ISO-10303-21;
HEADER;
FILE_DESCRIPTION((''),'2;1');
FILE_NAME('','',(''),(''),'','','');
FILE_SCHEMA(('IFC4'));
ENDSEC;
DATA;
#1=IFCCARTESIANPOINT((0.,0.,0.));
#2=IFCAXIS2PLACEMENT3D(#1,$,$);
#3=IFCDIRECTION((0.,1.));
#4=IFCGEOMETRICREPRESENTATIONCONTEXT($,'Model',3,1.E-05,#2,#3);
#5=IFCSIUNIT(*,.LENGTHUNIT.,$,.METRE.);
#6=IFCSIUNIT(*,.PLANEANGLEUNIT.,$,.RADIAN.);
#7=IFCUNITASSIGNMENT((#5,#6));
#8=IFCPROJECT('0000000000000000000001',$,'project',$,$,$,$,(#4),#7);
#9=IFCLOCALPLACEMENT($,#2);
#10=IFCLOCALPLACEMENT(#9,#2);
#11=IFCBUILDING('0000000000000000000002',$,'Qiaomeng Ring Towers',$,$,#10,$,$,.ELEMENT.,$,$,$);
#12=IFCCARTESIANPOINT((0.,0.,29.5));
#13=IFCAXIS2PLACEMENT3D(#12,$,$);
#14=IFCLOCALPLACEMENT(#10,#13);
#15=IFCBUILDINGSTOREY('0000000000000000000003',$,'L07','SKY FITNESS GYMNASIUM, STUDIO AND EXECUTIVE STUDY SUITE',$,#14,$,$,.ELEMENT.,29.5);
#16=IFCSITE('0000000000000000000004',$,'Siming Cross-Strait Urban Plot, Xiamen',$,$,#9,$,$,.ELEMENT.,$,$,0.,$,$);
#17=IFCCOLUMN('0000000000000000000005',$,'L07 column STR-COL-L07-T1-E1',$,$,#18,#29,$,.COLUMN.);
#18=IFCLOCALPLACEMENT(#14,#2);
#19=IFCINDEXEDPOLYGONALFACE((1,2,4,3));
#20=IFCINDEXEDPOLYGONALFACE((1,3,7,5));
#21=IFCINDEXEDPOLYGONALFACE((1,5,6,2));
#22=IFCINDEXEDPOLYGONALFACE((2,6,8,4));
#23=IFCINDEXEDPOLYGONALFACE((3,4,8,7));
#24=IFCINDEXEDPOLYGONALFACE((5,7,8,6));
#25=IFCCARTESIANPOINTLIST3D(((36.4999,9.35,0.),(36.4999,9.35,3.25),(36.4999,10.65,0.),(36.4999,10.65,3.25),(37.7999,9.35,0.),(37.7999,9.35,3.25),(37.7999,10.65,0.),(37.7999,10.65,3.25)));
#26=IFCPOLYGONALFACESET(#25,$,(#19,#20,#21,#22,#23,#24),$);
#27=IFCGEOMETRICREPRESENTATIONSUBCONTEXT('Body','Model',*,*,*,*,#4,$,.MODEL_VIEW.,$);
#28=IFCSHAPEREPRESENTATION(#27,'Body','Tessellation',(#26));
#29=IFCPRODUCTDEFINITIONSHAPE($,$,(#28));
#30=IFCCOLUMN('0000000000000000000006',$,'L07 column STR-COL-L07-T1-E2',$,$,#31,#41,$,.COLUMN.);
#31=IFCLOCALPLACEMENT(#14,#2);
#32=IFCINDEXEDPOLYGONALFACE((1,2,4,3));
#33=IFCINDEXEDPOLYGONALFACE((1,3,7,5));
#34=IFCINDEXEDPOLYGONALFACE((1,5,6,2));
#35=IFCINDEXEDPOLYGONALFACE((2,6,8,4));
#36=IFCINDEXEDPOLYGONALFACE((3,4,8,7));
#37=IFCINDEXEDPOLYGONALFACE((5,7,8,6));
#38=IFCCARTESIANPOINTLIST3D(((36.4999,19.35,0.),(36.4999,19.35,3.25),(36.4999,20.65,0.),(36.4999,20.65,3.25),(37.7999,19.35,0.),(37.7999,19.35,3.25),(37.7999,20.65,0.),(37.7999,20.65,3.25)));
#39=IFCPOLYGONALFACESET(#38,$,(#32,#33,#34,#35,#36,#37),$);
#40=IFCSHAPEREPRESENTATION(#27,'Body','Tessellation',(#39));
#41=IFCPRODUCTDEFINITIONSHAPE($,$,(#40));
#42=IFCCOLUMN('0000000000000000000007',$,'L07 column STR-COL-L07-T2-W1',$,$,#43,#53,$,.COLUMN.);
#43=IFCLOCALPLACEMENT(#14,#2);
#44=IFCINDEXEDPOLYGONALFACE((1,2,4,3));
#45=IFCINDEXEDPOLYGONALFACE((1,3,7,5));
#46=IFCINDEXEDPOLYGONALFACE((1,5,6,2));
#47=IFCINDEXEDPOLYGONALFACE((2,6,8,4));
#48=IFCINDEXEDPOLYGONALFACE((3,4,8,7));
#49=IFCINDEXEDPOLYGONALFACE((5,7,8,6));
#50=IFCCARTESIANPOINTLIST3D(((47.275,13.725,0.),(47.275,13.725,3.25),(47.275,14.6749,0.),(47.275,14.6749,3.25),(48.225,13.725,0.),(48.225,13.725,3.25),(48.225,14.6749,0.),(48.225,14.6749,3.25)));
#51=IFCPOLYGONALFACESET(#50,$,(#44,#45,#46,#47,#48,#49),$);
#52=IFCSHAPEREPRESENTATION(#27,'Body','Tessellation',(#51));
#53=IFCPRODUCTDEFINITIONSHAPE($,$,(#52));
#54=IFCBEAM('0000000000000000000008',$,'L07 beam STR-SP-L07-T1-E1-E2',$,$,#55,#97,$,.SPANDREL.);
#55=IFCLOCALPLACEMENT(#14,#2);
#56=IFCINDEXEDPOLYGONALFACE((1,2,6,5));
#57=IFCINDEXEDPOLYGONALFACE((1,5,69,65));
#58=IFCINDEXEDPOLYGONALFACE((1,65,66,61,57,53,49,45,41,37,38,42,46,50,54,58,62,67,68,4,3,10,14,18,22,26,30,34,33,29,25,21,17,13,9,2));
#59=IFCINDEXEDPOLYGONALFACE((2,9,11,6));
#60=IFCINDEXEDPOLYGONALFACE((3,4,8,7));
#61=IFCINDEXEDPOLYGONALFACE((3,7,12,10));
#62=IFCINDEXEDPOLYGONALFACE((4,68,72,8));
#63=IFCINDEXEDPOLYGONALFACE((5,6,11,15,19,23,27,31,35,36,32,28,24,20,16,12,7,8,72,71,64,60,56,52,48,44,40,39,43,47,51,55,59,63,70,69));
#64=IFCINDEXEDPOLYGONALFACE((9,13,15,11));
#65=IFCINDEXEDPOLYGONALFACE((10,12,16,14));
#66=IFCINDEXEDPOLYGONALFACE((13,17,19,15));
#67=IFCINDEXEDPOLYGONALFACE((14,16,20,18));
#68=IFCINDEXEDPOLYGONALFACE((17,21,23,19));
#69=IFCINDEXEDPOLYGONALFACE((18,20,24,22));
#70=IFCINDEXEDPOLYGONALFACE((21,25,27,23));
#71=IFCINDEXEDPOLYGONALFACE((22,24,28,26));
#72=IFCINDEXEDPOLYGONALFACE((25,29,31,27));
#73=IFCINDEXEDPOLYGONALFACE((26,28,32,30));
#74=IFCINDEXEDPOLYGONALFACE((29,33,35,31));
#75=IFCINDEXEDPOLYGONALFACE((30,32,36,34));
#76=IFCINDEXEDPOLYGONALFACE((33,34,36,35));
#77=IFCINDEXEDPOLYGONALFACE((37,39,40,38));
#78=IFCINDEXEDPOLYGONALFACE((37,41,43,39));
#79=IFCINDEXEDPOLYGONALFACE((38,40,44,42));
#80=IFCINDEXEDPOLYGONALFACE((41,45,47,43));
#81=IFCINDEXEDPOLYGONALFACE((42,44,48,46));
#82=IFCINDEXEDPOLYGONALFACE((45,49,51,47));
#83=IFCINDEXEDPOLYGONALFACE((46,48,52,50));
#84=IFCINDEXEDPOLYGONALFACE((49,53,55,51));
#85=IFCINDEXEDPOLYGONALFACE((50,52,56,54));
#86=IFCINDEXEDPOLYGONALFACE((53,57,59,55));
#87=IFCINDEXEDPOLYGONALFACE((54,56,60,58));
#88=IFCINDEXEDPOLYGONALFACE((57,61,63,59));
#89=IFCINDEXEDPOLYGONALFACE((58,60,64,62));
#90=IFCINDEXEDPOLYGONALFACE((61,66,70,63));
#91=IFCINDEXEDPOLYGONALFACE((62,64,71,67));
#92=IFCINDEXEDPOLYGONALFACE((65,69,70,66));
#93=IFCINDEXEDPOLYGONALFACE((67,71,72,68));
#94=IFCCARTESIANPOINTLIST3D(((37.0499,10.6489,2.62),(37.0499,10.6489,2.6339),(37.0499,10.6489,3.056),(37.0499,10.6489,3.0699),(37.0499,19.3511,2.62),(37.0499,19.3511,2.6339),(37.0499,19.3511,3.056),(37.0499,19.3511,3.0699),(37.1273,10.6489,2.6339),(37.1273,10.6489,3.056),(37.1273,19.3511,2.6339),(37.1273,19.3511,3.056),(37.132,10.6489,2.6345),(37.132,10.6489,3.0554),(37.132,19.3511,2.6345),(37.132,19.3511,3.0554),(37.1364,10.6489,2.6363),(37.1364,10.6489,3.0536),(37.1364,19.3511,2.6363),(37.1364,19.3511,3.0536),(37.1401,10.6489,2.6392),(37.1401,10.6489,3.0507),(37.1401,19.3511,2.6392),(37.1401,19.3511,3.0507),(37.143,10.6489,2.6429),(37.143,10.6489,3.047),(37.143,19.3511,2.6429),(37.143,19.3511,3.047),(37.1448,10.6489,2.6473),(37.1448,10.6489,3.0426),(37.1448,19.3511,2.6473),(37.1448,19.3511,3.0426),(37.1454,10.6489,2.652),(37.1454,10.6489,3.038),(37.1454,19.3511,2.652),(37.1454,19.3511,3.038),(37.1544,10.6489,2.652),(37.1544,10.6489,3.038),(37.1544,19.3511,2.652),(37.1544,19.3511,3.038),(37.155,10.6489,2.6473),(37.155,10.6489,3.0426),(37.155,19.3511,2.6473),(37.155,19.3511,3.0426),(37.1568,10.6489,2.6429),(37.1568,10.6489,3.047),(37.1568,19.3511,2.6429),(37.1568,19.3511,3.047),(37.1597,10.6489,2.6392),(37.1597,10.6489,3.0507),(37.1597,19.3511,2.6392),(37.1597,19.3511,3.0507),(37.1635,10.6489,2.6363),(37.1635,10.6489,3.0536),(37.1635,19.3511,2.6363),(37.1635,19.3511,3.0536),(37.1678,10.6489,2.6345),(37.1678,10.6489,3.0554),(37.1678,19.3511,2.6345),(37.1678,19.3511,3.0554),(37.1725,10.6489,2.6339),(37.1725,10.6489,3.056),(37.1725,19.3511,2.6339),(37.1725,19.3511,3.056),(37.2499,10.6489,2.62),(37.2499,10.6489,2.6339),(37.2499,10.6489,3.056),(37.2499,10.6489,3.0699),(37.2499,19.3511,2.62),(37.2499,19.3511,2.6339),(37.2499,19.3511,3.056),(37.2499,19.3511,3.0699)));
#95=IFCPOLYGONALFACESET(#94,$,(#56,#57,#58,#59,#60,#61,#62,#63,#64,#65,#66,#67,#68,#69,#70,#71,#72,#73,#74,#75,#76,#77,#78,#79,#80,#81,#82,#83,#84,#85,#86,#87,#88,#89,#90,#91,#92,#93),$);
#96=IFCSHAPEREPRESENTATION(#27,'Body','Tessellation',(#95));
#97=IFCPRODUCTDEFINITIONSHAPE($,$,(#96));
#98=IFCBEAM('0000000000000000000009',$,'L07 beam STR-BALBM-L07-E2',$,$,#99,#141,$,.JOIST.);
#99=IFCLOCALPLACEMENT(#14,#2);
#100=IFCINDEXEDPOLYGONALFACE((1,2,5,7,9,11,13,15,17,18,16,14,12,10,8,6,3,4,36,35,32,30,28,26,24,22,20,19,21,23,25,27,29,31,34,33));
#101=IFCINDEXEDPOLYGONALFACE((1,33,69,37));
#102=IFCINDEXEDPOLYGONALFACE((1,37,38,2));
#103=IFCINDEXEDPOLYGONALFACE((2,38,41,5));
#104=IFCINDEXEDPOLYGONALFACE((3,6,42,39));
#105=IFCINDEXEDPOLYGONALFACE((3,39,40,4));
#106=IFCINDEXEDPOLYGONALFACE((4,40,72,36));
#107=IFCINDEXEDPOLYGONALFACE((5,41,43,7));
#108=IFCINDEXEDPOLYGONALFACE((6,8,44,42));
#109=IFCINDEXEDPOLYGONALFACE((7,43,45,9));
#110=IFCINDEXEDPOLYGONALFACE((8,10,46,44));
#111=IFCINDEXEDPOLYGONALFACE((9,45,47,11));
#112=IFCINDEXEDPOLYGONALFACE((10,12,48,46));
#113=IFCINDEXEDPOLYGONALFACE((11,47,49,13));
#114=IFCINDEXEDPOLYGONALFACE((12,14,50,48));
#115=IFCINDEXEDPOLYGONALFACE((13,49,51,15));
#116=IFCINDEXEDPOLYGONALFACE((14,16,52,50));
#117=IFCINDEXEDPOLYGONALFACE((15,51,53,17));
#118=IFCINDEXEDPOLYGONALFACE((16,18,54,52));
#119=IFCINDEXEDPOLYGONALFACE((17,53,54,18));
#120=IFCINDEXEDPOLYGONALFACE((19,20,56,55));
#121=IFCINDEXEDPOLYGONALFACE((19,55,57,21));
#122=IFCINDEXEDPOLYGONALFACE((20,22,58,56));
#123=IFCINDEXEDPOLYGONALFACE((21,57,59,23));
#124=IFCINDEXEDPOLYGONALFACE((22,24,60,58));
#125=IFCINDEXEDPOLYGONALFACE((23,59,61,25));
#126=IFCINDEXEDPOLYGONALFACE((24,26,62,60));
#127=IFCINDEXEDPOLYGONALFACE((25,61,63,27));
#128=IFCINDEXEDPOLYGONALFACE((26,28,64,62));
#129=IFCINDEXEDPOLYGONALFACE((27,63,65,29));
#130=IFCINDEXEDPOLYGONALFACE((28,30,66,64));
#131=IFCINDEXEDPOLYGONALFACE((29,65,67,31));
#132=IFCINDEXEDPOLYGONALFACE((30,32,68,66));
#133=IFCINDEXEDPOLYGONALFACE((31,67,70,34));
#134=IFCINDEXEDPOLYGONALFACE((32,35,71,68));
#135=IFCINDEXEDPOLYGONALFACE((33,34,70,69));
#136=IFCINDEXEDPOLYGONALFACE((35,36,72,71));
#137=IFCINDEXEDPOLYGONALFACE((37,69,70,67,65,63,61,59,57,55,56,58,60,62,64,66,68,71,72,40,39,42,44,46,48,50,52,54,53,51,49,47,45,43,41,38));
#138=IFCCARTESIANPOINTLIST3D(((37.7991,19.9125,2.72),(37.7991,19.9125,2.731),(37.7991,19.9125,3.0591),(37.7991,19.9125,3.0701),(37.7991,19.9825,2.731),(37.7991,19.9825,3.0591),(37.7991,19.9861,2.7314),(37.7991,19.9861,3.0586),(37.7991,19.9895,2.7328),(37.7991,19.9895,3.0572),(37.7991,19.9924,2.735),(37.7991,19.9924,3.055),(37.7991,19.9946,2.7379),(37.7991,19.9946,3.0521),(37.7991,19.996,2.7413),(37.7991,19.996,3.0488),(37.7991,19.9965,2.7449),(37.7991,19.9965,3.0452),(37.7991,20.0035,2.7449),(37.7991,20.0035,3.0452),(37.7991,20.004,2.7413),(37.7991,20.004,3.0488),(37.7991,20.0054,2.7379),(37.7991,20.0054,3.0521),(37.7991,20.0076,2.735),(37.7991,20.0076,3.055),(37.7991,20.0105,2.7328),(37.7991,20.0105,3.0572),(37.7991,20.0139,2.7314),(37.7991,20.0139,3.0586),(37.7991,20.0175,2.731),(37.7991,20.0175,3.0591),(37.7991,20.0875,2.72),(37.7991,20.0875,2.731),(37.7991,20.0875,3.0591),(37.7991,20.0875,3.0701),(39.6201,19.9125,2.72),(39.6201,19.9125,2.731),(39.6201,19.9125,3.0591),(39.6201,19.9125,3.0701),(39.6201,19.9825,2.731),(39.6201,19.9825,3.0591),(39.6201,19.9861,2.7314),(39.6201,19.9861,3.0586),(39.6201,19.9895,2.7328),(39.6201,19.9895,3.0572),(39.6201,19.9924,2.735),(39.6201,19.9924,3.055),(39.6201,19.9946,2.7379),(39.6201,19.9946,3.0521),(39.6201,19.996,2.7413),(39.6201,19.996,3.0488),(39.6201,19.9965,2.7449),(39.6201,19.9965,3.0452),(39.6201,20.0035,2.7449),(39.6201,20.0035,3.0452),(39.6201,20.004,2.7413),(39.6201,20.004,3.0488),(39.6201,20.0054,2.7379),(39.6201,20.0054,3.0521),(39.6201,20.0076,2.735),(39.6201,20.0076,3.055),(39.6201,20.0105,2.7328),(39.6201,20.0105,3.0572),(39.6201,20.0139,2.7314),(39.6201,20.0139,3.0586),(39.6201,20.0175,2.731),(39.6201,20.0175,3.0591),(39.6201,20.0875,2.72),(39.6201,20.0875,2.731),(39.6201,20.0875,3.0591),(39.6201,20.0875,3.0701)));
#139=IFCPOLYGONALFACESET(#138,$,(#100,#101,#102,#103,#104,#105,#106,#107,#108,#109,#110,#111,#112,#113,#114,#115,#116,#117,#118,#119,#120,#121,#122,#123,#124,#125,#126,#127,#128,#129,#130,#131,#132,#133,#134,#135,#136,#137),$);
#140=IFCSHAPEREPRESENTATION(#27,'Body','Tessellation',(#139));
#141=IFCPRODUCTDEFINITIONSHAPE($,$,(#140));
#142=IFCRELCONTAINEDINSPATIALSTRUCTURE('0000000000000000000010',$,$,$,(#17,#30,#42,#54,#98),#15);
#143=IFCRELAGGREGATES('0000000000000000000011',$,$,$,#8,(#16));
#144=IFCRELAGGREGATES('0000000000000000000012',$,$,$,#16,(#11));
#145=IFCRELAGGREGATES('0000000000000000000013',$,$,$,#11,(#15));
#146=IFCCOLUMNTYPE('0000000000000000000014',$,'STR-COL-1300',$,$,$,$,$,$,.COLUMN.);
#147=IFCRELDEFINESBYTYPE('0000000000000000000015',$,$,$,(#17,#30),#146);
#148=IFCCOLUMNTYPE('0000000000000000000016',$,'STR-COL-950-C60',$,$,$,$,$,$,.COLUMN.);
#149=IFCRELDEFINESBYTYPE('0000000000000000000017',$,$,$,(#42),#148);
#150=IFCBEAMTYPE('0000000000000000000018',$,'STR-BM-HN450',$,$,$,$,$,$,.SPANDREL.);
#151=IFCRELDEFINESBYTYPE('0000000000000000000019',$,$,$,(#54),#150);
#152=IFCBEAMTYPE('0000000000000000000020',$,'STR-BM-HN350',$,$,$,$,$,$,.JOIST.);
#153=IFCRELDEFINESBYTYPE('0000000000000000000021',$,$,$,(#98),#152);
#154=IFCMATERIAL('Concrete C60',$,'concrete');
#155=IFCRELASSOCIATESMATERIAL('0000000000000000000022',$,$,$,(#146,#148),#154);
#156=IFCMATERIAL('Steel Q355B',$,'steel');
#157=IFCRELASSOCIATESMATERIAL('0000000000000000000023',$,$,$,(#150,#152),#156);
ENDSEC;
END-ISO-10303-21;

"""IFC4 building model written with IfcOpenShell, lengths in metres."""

from ifc_helpers import new_model, si_unit, direction, frame, origin, origin_2d, place, context, subcontext, project, spatial, rectangle, i_section, extrude, source, transform, mapped, material, material_profile, profile_set, type_object, element, save


model = new_model("IFC4")

# Units and contexts
model_context = context("Model", 3, precision=1e-05, world=origin(), true_north=direction((0.0, 1.0)))
body_context = subcontext(model_context, "Body", "Model", "MODEL_VIEW")
ifc_project = project(units=[si_unit("LENGTHUNIT", "METRE"), si_unit("PLANEANGLEUNIT", "RADIAN")], contexts=[model_context])

# Site, building, storey
site_placement = place(None, origin())
site = spatial("IfcSite", under=ifc_project, at=site_placement, Name="Siming Cross-Strait Urban Plot, Xiamen", CompositionType="ELEMENT", RefElevation=0.0)
building_placement = place(site_placement, origin())
building = spatial("IfcBuilding", under=site, at=building_placement, Name="Qiaomeng Ring Towers", CompositionType="ELEMENT")
storey_placement = place(building_placement, frame((0.0, 0.0, 29.5)))
storey = spatial("IfcBuildingStorey", under=building, at=storey_placement, Name="L07", Description="SKY FITNESS GYMNASIUM, STUDIO AND EXECUTIVE STUDY SUITE", CompositionType="ELEMENT", Elevation=29.5)

# Columns
ifc_material_1 = material(Name="Concrete C60", Category="concrete")
ifc_material_profile_1 = material_profile(ifc_material_1, rectangle(XDim=1.3, YDim=1.3, at=origin_2d()), Name="RC COL 1300x1300")
ifc_profile_set_1 = profile_set([ifc_material_profile_1], Name="Concrete C60")
column_type_1 = type_object("IfcColumnType", Name="STR-COL-1300", PredefinedType="COLUMN", material=ifc_profile_set_1)
shared_shape_1 = source(origin(), body_context, "Body", "SweptSolid", [
    extrude(rectangle(XDim=1.3, YDim=1.3, at=origin_2d()), origin(), (0.0, 0.0, 1.0), 3.25),
])
for number, where, z_axis, x_axis, name in (
    (1, (37.1499, 10.0, 0.0), (0.0, 0.0, 1.0), (1.0, 0.0, 0.0), "L07 column STR-COL-L07-T1-E1"),
    (2, (37.1499, 20.0, 0.0), (0.0, 0.0, 1.0), (1.0, 0.0, 0.0), "L07 column STR-COL-L07-T1-E2"),
):
    element("IfcColumn", number, at=place(storey_placement, frame(where, z_axis=z_axis, x_axis=x_axis)), inside=storey, type_object=column_type_1, Name=name, PredefinedType="COLUMN", context=body_context, shape_type="MappedRepresentation", body=[
        mapped(shared_shape_1, transform((0.0, 0.0, 0.0), x_axis=(1.0, 0.0, 0.0), y_axis=(0.0, 1.0, 0.0), z_axis=(0.0, 0.0, 1.0), scale=1.0)),
    ])
ifc_material_profile_2 = material_profile(ifc_material_1, rectangle(XDim=0.95, YDim=0.95, at=origin_2d()), Name="RC COL 950x950")
ifc_profile_set_2 = profile_set([ifc_material_profile_2], Name="Concrete C60")
column_type_2 = type_object("IfcColumnType", Name="STR-COL-950-C60", PredefinedType="COLUMN", material=ifc_profile_set_2)
shared_shape_2 = source(origin(), body_context, "Body", "SweptSolid", [
    extrude(rectangle(XDim=0.95, YDim=0.95, at=origin_2d()), origin(), (0.0, 0.0, 1.0), 3.25),
])
column_placement = place(storey_placement, frame((47.75, 14.2, 0.0), z_axis=(0.0, 0.0, 1.0), x_axis=(1.0, 0.0, 0.0)))
element("IfcColumn", 3, at=column_placement, inside=storey, type_object=column_type_2, Name="L07 column STR-COL-L07-T2-W1", PredefinedType="COLUMN", context=body_context, shape_type="MappedRepresentation", body=[
    mapped(shared_shape_2, transform((0.0, 0.0, 0.0), x_axis=(1.0, 0.0, 0.0), y_axis=(0.0, 1.0, 0.0), z_axis=(0.0, 0.0, 1.0), scale=1.0)),
])

# Beams
ifc_material_2 = material(Name="Steel Q355B", Category="steel")
ifc_material_profile_3 = material_profile(ifc_material_2, i_section(OverallWidth=0.2, OverallDepth=0.45, WebThickness=0.009, FlangeThickness=0.0139, FilletRadius=0.0181, at=origin_2d()), Name="HN 450x200x9x14")
ifc_profile_set_3 = profile_set([ifc_material_profile_3], Name="Steel Q355B")
beam_type_1 = type_object("IfcBeamType", Name="STR-BM-HN450", PredefinedType="SPANDREL", material=ifc_profile_set_3)
shared_shape_3 = source(origin(), body_context, "Body", "SweptSolid", [
    extrude(i_section(OverallWidth=0.2, OverallDepth=0.45, WebThickness=0.009, FlangeThickness=0.0139, FilletRadius=0.0181, at=origin_2d()), origin(), (0.0, 0.0, 1.0), 8.7021),
])
beam_1_placement = place(storey_placement, frame((37.1499, 10.6489, 2.845), z_axis=(0.0, 1.0, 0.0), x_axis=(-1.0, 0.0, 0.0)))
element("IfcBeam", 4, at=beam_1_placement, inside=storey, type_object=beam_type_1, Name="L07 beam STR-SP-L07-T1-E1-E2", PredefinedType="SPANDREL", context=body_context, shape_type="MappedRepresentation", body=[
    mapped(shared_shape_3, transform((0.0, 0.0, 0.0), x_axis=(1.0, 0.0, 0.0), y_axis=(0.0, 1.0, 0.0), z_axis=(0.0, 0.0, 1.0), scale=1.0)),
])
ifc_material_profile_4 = material_profile(ifc_material_2, i_section(OverallWidth=0.175, OverallDepth=0.3501, WebThickness=0.0071, FlangeThickness=0.011, FilletRadius=0.0139, at=origin_2d()), Name="HN 350x175x7x11")
ifc_profile_set_4 = profile_set([ifc_material_profile_4], Name="Steel Q355B")
beam_type_2 = type_object("IfcBeamType", Name="STR-BM-HN350", PredefinedType="JOIST", material=ifc_profile_set_4)
shared_shape_4 = source(origin(), body_context, "Body", "SweptSolid", [
    extrude(i_section(OverallWidth=0.175, OverallDepth=0.3501, WebThickness=0.0071, FlangeThickness=0.011, FilletRadius=0.0139, at=origin_2d()), origin(), (0.0, 0.0, 1.0), 1.821),
])
beam_2_placement = place(storey_placement, frame((37.7991, 20.0, 2.895), z_axis=(1.0, 0.0, 0.0), x_axis=(0.0, 1.0, 0.0)))
element("IfcBeam", 5, at=beam_2_placement, inside=storey, type_object=beam_type_2, Name="L07 beam STR-BALBM-L07-E2", PredefinedType="JOIST", context=body_context, shape_type="MappedRepresentation", body=[
    mapped(shared_shape_4, transform((0.0, 0.0, 0.0), x_axis=(1.0, 0.0, 0.0), y_axis=(0.0, 1.0, 0.0), z_axis=(0.0, 0.0, 1.0), scale=1.0)),
])

save(model, "model.ifc")
